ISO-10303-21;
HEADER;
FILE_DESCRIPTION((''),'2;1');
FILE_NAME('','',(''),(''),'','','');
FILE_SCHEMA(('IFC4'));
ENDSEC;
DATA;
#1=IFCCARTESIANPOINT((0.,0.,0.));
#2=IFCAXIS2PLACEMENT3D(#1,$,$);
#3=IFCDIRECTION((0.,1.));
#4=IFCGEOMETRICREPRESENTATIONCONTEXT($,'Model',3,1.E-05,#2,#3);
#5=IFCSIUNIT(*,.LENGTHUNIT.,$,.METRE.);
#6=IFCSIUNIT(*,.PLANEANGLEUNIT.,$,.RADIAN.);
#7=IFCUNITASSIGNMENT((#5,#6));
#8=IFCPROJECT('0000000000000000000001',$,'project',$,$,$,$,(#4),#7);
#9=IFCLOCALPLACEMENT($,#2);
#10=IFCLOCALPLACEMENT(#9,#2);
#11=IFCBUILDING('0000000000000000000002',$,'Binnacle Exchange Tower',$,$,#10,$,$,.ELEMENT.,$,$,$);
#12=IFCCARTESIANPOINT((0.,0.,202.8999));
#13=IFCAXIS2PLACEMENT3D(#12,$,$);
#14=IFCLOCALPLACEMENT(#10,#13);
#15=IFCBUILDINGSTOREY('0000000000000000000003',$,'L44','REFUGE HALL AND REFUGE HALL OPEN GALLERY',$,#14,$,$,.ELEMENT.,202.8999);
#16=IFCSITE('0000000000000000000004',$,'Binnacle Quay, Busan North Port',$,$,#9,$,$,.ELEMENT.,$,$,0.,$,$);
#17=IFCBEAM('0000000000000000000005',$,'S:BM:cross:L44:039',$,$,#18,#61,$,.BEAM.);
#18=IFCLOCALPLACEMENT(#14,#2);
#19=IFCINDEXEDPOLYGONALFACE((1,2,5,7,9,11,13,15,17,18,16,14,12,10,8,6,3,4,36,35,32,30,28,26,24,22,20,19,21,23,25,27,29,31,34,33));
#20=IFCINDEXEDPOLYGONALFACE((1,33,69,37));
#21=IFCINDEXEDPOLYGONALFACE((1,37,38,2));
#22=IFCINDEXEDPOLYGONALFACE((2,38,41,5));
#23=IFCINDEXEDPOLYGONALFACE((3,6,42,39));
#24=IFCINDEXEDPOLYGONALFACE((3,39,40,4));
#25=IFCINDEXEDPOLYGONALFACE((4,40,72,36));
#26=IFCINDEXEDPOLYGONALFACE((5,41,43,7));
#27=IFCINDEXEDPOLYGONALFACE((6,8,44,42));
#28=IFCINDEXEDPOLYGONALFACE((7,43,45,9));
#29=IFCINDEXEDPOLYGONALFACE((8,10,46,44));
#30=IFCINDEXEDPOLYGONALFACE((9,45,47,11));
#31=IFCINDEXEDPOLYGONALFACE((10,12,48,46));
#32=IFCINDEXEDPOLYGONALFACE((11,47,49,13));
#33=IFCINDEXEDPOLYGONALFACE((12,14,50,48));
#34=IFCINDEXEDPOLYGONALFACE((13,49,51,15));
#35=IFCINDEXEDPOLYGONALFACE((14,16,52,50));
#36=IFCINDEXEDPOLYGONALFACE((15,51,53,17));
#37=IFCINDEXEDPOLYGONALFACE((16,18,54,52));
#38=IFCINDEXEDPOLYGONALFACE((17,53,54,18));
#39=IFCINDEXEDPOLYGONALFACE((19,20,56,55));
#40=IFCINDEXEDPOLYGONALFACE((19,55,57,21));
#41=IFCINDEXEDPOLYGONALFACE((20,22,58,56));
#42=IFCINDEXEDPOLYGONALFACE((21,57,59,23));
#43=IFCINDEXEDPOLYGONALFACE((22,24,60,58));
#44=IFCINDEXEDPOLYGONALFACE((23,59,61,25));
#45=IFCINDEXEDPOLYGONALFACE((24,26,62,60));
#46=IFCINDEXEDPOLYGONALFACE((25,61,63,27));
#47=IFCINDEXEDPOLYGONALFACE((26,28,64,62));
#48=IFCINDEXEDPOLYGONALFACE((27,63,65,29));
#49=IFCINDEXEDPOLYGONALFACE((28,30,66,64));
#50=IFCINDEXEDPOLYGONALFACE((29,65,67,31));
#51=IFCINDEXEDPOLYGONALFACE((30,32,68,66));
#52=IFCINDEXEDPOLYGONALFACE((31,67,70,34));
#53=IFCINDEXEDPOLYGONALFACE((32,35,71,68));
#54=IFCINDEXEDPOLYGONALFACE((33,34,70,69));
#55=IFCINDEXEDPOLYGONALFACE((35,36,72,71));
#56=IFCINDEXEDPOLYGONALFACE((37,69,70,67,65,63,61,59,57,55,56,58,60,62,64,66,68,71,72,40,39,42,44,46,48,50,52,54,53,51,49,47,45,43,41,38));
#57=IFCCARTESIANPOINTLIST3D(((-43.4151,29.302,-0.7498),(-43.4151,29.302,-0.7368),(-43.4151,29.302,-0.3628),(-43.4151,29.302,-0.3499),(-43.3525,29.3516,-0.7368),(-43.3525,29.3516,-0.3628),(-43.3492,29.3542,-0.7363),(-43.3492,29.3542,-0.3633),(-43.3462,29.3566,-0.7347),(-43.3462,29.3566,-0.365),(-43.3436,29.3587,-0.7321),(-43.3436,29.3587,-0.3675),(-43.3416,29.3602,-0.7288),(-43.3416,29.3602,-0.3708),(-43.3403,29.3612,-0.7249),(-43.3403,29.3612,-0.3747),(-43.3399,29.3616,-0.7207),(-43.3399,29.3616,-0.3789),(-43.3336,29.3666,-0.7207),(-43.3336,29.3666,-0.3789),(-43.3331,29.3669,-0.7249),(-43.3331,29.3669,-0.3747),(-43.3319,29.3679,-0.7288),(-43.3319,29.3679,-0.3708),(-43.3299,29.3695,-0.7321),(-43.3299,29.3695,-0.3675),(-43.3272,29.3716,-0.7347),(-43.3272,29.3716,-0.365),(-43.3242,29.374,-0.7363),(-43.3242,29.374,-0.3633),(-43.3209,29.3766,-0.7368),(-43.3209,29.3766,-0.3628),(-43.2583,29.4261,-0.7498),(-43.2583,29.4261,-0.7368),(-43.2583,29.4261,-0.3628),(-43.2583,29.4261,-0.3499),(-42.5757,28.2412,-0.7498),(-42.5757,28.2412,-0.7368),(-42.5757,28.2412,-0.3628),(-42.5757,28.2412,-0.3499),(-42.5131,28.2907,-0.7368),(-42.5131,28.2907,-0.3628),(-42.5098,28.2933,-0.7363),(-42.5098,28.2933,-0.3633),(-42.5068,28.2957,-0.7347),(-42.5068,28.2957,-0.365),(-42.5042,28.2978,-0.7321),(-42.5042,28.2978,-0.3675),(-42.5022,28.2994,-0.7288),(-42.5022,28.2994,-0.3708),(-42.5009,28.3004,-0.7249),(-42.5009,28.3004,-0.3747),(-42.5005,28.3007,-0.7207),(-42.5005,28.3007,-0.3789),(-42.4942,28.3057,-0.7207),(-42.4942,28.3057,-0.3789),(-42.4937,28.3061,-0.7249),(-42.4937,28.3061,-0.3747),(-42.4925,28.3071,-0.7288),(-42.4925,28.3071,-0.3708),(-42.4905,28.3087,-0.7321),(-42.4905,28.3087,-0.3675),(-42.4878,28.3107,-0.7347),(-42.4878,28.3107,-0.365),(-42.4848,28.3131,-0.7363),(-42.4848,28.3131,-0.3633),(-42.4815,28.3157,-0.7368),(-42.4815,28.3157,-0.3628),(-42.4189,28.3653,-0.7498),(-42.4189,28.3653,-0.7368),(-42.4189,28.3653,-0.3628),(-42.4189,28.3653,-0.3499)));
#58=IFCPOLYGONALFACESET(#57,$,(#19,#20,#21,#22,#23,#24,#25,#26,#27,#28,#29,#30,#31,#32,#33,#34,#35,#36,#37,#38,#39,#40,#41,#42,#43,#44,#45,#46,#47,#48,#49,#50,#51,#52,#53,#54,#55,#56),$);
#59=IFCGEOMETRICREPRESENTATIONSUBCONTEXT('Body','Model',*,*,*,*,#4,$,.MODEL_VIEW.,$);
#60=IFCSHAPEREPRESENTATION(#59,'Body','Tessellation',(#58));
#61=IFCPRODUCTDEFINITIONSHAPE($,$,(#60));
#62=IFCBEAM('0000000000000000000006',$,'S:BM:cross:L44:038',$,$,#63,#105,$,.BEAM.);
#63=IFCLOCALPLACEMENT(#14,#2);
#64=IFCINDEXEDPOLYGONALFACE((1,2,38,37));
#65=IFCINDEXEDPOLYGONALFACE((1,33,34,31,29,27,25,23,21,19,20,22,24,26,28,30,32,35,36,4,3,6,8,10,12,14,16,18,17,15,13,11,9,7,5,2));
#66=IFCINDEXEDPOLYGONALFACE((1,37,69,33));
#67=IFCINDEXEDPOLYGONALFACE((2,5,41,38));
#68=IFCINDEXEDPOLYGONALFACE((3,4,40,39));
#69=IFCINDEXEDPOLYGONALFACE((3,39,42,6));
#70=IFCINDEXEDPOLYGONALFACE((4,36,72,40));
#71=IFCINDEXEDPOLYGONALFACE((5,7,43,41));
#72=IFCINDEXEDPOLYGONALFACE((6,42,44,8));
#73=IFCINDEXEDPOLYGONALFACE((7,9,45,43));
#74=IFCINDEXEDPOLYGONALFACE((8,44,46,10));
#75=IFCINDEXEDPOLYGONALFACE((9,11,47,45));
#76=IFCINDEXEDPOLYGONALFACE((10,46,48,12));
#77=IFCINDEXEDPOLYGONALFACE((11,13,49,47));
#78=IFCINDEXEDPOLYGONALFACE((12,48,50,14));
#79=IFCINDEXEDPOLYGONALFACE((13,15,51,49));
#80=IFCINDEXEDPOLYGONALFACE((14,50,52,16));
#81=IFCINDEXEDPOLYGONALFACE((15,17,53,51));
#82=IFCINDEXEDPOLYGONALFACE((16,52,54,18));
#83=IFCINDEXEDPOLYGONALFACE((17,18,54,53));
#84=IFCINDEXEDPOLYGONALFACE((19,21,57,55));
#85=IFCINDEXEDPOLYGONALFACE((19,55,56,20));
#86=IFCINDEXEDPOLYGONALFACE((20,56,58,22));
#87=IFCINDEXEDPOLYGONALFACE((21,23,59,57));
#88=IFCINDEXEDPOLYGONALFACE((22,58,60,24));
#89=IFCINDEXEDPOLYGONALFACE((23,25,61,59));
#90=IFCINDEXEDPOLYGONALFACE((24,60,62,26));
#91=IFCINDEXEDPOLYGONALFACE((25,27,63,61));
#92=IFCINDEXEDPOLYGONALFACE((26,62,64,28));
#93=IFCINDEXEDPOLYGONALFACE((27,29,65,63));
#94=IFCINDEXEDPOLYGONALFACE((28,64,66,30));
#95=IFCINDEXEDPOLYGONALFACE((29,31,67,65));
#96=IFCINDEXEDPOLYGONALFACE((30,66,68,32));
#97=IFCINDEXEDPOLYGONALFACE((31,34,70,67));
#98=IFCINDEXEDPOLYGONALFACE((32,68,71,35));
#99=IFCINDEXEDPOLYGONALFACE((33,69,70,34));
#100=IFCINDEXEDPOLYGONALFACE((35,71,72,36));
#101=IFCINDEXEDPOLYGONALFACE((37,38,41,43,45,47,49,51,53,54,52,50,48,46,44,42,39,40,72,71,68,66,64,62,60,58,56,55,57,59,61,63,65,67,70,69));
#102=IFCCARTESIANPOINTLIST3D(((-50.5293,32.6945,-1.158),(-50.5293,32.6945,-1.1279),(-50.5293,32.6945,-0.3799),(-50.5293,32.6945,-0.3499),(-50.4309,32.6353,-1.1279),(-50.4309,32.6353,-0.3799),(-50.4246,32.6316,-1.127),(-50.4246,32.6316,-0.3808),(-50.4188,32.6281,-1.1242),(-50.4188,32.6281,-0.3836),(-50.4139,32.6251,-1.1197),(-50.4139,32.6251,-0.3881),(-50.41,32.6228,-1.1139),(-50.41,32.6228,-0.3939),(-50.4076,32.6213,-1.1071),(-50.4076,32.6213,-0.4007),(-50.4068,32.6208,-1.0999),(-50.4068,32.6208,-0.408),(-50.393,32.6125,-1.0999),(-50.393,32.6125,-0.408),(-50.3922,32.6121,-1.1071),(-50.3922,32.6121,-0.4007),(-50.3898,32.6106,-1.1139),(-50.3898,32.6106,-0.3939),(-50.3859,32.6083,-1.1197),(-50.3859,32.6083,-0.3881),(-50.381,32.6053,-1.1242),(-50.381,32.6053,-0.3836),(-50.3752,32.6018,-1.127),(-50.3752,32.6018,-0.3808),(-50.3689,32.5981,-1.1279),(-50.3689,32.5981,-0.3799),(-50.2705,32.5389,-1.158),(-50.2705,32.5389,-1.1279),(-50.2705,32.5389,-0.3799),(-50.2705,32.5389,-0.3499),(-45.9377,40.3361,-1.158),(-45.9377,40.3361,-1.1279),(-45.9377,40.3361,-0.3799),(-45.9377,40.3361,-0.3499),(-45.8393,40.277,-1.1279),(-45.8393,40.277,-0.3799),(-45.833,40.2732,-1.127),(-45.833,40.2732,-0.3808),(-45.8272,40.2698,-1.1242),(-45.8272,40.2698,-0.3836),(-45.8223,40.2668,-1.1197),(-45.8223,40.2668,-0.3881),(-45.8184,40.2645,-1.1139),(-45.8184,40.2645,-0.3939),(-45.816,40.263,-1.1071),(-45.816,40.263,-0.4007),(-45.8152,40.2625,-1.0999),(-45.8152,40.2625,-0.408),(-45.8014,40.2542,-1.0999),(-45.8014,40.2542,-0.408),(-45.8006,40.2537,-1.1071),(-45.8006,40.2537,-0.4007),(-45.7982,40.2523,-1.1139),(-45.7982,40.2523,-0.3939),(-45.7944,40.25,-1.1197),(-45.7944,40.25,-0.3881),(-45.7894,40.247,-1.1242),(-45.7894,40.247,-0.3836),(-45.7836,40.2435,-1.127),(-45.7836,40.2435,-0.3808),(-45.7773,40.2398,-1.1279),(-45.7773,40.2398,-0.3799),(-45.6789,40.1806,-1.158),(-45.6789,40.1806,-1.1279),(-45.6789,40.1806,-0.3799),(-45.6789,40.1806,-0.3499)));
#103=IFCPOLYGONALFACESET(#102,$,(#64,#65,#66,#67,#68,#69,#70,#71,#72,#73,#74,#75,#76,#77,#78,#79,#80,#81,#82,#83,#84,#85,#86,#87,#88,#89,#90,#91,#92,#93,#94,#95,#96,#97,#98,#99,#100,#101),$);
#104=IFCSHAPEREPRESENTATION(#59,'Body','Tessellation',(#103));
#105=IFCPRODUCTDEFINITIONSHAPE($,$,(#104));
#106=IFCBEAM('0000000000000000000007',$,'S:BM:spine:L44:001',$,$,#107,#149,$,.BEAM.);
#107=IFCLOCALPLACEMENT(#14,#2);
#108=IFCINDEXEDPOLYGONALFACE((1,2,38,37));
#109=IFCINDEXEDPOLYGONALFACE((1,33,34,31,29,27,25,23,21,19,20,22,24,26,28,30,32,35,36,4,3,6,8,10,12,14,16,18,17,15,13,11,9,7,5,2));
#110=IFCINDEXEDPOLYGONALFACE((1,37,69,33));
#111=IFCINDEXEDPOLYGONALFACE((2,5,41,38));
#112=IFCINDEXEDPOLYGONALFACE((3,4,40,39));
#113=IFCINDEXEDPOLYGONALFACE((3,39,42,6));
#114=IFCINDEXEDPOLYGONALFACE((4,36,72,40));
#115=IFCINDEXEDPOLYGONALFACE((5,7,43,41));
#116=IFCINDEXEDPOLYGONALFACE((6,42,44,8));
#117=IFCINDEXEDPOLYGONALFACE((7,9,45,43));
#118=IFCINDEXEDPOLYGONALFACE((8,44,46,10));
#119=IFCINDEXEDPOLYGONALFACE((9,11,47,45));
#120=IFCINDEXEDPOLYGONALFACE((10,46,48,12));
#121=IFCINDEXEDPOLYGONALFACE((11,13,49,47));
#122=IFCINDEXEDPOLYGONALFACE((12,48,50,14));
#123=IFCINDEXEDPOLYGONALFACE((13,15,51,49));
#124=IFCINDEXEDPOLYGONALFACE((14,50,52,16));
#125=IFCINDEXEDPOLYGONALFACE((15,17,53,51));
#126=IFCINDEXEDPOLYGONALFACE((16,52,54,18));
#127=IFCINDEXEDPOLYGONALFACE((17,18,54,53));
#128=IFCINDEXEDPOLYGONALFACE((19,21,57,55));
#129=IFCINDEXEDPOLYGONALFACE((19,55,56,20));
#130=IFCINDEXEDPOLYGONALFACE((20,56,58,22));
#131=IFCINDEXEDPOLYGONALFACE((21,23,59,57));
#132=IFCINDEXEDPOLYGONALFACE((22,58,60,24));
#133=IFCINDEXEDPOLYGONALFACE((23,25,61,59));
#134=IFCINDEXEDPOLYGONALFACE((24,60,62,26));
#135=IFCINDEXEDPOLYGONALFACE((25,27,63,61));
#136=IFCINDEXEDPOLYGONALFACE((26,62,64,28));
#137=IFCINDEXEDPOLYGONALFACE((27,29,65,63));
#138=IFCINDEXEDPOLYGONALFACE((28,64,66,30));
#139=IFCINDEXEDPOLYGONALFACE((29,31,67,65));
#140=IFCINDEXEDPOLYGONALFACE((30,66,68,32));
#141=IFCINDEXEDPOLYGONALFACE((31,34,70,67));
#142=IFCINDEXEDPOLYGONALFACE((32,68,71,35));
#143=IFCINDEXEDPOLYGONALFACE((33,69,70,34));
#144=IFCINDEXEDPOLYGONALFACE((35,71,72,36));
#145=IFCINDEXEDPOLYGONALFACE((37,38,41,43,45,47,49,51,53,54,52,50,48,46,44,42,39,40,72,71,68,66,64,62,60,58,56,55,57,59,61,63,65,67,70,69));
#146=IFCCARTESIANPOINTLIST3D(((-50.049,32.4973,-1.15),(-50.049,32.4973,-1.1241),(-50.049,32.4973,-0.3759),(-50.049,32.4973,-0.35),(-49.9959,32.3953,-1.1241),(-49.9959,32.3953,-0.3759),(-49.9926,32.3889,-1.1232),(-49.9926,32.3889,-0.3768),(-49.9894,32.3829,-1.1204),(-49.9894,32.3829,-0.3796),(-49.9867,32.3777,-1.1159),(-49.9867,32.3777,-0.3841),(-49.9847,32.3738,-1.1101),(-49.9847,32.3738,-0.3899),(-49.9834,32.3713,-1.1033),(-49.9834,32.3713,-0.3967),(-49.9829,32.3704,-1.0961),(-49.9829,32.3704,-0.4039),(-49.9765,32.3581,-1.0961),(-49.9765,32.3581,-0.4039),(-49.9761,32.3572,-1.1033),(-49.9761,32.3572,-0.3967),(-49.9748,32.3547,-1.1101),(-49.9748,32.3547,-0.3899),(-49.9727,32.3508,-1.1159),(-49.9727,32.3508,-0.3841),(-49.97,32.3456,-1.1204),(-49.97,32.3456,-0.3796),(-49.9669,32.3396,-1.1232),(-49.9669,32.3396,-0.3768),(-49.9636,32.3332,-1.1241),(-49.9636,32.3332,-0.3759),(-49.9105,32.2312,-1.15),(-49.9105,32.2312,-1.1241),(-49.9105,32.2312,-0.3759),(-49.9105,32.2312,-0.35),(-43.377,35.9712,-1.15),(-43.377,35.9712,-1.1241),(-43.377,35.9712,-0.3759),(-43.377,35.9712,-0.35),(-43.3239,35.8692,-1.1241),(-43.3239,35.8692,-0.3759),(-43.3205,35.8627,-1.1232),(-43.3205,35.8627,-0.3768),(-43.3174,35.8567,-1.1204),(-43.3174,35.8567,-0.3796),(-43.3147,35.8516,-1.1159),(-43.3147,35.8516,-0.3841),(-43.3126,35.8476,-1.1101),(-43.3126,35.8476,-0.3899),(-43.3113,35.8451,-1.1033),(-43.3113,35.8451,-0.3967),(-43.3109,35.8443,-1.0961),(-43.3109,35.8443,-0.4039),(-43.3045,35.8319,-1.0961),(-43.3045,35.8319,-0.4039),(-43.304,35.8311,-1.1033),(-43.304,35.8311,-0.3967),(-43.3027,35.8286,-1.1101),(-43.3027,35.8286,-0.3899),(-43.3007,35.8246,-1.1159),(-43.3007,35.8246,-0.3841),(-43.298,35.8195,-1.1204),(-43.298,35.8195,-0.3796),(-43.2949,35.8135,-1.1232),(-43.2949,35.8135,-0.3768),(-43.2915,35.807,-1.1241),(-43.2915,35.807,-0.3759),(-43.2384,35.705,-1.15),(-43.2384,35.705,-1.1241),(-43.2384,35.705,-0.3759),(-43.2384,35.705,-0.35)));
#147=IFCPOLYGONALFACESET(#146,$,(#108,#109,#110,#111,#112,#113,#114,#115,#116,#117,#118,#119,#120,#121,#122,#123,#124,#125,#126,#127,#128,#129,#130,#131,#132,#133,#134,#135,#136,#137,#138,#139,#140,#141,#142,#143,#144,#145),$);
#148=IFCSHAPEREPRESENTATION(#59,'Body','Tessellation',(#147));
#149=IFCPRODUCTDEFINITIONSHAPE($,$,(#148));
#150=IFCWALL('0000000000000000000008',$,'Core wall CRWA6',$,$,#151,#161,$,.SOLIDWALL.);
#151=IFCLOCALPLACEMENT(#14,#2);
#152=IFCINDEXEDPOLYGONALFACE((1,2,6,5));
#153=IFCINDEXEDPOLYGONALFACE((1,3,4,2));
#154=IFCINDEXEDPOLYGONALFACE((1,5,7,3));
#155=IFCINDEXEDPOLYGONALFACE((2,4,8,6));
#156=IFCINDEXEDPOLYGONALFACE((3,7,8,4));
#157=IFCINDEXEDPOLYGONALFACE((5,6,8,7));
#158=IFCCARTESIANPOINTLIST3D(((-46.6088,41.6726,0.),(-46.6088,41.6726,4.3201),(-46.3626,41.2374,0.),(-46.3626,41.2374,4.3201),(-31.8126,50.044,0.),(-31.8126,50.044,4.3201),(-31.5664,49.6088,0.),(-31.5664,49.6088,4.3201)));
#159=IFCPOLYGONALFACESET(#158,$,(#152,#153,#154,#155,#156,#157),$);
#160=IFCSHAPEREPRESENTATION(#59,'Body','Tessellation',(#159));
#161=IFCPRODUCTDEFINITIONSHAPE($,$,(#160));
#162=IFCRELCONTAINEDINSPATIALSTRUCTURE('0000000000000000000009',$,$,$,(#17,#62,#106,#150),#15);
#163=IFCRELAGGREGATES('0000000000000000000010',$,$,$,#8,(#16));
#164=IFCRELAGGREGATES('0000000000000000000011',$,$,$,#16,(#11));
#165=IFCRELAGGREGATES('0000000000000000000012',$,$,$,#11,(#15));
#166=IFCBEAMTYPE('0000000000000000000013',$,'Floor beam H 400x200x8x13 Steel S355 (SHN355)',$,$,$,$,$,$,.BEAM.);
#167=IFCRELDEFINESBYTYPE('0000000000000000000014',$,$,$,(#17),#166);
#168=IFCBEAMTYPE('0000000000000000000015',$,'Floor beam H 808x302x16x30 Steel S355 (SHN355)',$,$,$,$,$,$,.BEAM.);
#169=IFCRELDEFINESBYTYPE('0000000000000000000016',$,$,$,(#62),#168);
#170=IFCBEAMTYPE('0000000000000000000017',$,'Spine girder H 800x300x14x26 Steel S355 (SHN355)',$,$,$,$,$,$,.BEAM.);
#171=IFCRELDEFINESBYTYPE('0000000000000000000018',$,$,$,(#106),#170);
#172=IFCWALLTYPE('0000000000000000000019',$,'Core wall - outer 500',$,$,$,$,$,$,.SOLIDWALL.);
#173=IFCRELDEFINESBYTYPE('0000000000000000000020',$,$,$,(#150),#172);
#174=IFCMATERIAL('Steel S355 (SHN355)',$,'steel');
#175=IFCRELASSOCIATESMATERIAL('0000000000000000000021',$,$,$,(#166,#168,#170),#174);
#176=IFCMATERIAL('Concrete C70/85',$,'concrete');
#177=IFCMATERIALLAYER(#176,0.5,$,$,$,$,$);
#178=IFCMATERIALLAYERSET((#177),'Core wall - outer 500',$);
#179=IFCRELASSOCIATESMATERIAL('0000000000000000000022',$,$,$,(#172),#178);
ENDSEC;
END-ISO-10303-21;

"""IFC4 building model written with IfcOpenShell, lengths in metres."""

from ifc_helpers import new_model, si_unit, direction, frame, frame_2d, origin, origin_2d, place, context, subcontext, project, spatial, rectangle, i_section, extrude, material, layer, layer_set, material_profile, profile_set, type_object, element, save


model = new_model("IFC4")

# Units and contexts
model_context = context("Model", 3, precision=1e-05, world=origin(), true_north=direction((0.0, 1.0)))
body_context = subcontext(model_context, "Body", "Model", "MODEL_VIEW")
ifc_project = project(units=[si_unit("LENGTHUNIT", "METRE"), si_unit("PLANEANGLEUNIT", "RADIAN")], contexts=[model_context])

# Site, building, storey
site_placement = place(None, origin())
site = spatial("IfcSite", under=ifc_project, at=site_placement, Name="Binnacle Quay, Busan North Port", CompositionType="ELEMENT", RefElevation=0.0)
building_placement = place(site_placement, origin())
building = spatial("IfcBuilding", under=site, at=building_placement, Name="Binnacle Exchange Tower", CompositionType="ELEMENT")
storey_placement = place(building_placement, frame((0.0, 0.0, 202.8999)))
storey = spatial("IfcBuildingStorey", under=building, at=storey_placement, Name="L44", Description="REFUGE HALL AND REFUGE HALL OPEN GALLERY", CompositionType="ELEMENT", Elevation=202.8999)

# Shared definitions
ifc_material_1 = material(Name="Concrete C70/85", Category="concrete")

# Beams
ifc_material_2 = material(Name="Steel S355 (SHN355)", Category="steel")
ifc_material_profile_1 = material_profile(ifc_material_2, i_section(OverallWidth=0.2, OverallDepth=0.3999, WebThickness=0.0081, FlangeThickness=0.0129, FilletRadius=0.0161, at=origin_2d()), Name="H 400x200x8x13")
ifc_profile_set_1 = profile_set([ifc_material_profile_1], Name="Steel S355 (SHN355)")
beam_type_1 = type_object("IfcBeamType", Name="Floor beam H 400x200x8x13 Steel S355 (SHN355)", PredefinedType="BEAM", material=ifc_profile_set_1)
beam_1_placement = place(storey_placement, frame((-42.4973, 28.3032, -0.5498), z_axis=(-0.620504, 0.784203, 0.0), x_axis=(-0.784203, -0.620504, 0.0)))
element("IfcBeam", 1, at=beam_1_placement, inside=storey, type_object=beam_type_1, Name="S:BM:cross:L44:039", PredefinedType="BEAM", context=body_context, shape_type="SweptSolid", body=[
    extrude(i_section(OverallWidth=0.2, OverallDepth=0.3999, WebThickness=0.0081, FlangeThickness=0.0129, FilletRadius=0.0161, at=origin_2d()), origin(), (0.0, 0.0, 1.0), 1.3528),
])
ifc_material_profile_2 = material_profile(ifc_material_2, i_section(OverallWidth=0.302, OverallDepth=0.8081, WebThickness=0.0161, FlangeThickness=0.03, FilletRadius=0.0281, at=origin_2d()), Name="H 808x302x16x30")
ifc_profile_set_2 = profile_set([ifc_material_profile_2], Name="Steel S355 (SHN355)")
beam_type_2 = type_object("IfcBeamType", Name="Floor beam H 808x302x16x30 Steel S355 (SHN355)", PredefinedType="BEAM", material=ifc_profile_set_2)
beam_2_placement = place(storey_placement, frame((-50.3999, 32.6167, -0.7539), z_axis=(0.515039, 0.857167, 0.0), x_axis=(-0.857167, 0.515039, 0.0)))
element("IfcBeam", 2, at=beam_2_placement, inside=storey, type_object=beam_type_2, Name="S:BM:cross:L44:038", PredefinedType="BEAM", context=body_context, shape_type="SweptSolid", body=[
    extrude(i_section(OverallWidth=0.302, OverallDepth=0.8081, WebThickness=0.0161, FlangeThickness=0.03, FilletRadius=0.0281, at=origin_2d()), origin(), (0.0, 0.0, 1.0), 8.915),
])
ifc_material_profile_3 = material_profile(ifc_material_2, i_section(OverallWidth=0.3, OverallDepth=0.8, WebThickness=0.0139, FlangeThickness=0.0259, FilletRadius=0.0281, at=origin_2d()), Name="H 800x300x14x26")
ifc_profile_set_3 = profile_set([ifc_material_profile_3], Name="Steel S355 (SHN355)")
beam_type_3 = type_object("IfcBeamType", Name="Spine girder H 800x300x14x26 Steel S355 (SHN355)", PredefinedType="BEAM", material=ifc_profile_set_3)
beam_3_placement = place(storey_placement, frame((-49.9797, 32.3643, -0.75), z_axis=(0.886979, 0.46181, 0.0), x_axis=(-0.46181, 0.886979, 0.0)))
element("IfcBeam", 3, at=beam_3_placement, inside=storey, type_object=beam_type_3, Name="S:BM:spine:L44:001", PredefinedType="BEAM", context=body_context, shape_type="SweptSolid", body=[
    extrude(i_section(OverallWidth=0.3, OverallDepth=0.8, WebThickness=0.0139, FlangeThickness=0.0259, FilletRadius=0.0281, at=origin_2d()), origin(), (0.0, 0.0, 1.0), 7.5222),
])

# Wall
ifc_layer_1 = layer(ifc_material_1, 0.5)
ifc_layer_set_1 = layer_set([ifc_layer_1], Name="Core wall - outer 500")
wall_type_1 = type_object("IfcWallType", Name="Core wall - outer 500", PredefinedType="SOLIDWALL", material=ifc_layer_set_1)
wall_1_placement = place(storey_placement, frame((-46.4856, 41.4551, 0.0), z_axis=(0.0, 0.0, 1.0), x_axis=(0.870354, 0.492427, 0.0)))
element("IfcWall", 4, at=wall_1_placement, inside=storey, type_object=wall_type_1, Name="Core wall CRWA6", PredefinedType="SOLIDWALL", context=body_context, shape_type="SweptSolid", body=[
    extrude(rectangle(XDim=17.0002, YDim=0.5, at=frame_2d((8.5, 0.0))), origin(), (0.0, 0.0, 1.0), 4.3201),
])

save(model, "model.ifc")
